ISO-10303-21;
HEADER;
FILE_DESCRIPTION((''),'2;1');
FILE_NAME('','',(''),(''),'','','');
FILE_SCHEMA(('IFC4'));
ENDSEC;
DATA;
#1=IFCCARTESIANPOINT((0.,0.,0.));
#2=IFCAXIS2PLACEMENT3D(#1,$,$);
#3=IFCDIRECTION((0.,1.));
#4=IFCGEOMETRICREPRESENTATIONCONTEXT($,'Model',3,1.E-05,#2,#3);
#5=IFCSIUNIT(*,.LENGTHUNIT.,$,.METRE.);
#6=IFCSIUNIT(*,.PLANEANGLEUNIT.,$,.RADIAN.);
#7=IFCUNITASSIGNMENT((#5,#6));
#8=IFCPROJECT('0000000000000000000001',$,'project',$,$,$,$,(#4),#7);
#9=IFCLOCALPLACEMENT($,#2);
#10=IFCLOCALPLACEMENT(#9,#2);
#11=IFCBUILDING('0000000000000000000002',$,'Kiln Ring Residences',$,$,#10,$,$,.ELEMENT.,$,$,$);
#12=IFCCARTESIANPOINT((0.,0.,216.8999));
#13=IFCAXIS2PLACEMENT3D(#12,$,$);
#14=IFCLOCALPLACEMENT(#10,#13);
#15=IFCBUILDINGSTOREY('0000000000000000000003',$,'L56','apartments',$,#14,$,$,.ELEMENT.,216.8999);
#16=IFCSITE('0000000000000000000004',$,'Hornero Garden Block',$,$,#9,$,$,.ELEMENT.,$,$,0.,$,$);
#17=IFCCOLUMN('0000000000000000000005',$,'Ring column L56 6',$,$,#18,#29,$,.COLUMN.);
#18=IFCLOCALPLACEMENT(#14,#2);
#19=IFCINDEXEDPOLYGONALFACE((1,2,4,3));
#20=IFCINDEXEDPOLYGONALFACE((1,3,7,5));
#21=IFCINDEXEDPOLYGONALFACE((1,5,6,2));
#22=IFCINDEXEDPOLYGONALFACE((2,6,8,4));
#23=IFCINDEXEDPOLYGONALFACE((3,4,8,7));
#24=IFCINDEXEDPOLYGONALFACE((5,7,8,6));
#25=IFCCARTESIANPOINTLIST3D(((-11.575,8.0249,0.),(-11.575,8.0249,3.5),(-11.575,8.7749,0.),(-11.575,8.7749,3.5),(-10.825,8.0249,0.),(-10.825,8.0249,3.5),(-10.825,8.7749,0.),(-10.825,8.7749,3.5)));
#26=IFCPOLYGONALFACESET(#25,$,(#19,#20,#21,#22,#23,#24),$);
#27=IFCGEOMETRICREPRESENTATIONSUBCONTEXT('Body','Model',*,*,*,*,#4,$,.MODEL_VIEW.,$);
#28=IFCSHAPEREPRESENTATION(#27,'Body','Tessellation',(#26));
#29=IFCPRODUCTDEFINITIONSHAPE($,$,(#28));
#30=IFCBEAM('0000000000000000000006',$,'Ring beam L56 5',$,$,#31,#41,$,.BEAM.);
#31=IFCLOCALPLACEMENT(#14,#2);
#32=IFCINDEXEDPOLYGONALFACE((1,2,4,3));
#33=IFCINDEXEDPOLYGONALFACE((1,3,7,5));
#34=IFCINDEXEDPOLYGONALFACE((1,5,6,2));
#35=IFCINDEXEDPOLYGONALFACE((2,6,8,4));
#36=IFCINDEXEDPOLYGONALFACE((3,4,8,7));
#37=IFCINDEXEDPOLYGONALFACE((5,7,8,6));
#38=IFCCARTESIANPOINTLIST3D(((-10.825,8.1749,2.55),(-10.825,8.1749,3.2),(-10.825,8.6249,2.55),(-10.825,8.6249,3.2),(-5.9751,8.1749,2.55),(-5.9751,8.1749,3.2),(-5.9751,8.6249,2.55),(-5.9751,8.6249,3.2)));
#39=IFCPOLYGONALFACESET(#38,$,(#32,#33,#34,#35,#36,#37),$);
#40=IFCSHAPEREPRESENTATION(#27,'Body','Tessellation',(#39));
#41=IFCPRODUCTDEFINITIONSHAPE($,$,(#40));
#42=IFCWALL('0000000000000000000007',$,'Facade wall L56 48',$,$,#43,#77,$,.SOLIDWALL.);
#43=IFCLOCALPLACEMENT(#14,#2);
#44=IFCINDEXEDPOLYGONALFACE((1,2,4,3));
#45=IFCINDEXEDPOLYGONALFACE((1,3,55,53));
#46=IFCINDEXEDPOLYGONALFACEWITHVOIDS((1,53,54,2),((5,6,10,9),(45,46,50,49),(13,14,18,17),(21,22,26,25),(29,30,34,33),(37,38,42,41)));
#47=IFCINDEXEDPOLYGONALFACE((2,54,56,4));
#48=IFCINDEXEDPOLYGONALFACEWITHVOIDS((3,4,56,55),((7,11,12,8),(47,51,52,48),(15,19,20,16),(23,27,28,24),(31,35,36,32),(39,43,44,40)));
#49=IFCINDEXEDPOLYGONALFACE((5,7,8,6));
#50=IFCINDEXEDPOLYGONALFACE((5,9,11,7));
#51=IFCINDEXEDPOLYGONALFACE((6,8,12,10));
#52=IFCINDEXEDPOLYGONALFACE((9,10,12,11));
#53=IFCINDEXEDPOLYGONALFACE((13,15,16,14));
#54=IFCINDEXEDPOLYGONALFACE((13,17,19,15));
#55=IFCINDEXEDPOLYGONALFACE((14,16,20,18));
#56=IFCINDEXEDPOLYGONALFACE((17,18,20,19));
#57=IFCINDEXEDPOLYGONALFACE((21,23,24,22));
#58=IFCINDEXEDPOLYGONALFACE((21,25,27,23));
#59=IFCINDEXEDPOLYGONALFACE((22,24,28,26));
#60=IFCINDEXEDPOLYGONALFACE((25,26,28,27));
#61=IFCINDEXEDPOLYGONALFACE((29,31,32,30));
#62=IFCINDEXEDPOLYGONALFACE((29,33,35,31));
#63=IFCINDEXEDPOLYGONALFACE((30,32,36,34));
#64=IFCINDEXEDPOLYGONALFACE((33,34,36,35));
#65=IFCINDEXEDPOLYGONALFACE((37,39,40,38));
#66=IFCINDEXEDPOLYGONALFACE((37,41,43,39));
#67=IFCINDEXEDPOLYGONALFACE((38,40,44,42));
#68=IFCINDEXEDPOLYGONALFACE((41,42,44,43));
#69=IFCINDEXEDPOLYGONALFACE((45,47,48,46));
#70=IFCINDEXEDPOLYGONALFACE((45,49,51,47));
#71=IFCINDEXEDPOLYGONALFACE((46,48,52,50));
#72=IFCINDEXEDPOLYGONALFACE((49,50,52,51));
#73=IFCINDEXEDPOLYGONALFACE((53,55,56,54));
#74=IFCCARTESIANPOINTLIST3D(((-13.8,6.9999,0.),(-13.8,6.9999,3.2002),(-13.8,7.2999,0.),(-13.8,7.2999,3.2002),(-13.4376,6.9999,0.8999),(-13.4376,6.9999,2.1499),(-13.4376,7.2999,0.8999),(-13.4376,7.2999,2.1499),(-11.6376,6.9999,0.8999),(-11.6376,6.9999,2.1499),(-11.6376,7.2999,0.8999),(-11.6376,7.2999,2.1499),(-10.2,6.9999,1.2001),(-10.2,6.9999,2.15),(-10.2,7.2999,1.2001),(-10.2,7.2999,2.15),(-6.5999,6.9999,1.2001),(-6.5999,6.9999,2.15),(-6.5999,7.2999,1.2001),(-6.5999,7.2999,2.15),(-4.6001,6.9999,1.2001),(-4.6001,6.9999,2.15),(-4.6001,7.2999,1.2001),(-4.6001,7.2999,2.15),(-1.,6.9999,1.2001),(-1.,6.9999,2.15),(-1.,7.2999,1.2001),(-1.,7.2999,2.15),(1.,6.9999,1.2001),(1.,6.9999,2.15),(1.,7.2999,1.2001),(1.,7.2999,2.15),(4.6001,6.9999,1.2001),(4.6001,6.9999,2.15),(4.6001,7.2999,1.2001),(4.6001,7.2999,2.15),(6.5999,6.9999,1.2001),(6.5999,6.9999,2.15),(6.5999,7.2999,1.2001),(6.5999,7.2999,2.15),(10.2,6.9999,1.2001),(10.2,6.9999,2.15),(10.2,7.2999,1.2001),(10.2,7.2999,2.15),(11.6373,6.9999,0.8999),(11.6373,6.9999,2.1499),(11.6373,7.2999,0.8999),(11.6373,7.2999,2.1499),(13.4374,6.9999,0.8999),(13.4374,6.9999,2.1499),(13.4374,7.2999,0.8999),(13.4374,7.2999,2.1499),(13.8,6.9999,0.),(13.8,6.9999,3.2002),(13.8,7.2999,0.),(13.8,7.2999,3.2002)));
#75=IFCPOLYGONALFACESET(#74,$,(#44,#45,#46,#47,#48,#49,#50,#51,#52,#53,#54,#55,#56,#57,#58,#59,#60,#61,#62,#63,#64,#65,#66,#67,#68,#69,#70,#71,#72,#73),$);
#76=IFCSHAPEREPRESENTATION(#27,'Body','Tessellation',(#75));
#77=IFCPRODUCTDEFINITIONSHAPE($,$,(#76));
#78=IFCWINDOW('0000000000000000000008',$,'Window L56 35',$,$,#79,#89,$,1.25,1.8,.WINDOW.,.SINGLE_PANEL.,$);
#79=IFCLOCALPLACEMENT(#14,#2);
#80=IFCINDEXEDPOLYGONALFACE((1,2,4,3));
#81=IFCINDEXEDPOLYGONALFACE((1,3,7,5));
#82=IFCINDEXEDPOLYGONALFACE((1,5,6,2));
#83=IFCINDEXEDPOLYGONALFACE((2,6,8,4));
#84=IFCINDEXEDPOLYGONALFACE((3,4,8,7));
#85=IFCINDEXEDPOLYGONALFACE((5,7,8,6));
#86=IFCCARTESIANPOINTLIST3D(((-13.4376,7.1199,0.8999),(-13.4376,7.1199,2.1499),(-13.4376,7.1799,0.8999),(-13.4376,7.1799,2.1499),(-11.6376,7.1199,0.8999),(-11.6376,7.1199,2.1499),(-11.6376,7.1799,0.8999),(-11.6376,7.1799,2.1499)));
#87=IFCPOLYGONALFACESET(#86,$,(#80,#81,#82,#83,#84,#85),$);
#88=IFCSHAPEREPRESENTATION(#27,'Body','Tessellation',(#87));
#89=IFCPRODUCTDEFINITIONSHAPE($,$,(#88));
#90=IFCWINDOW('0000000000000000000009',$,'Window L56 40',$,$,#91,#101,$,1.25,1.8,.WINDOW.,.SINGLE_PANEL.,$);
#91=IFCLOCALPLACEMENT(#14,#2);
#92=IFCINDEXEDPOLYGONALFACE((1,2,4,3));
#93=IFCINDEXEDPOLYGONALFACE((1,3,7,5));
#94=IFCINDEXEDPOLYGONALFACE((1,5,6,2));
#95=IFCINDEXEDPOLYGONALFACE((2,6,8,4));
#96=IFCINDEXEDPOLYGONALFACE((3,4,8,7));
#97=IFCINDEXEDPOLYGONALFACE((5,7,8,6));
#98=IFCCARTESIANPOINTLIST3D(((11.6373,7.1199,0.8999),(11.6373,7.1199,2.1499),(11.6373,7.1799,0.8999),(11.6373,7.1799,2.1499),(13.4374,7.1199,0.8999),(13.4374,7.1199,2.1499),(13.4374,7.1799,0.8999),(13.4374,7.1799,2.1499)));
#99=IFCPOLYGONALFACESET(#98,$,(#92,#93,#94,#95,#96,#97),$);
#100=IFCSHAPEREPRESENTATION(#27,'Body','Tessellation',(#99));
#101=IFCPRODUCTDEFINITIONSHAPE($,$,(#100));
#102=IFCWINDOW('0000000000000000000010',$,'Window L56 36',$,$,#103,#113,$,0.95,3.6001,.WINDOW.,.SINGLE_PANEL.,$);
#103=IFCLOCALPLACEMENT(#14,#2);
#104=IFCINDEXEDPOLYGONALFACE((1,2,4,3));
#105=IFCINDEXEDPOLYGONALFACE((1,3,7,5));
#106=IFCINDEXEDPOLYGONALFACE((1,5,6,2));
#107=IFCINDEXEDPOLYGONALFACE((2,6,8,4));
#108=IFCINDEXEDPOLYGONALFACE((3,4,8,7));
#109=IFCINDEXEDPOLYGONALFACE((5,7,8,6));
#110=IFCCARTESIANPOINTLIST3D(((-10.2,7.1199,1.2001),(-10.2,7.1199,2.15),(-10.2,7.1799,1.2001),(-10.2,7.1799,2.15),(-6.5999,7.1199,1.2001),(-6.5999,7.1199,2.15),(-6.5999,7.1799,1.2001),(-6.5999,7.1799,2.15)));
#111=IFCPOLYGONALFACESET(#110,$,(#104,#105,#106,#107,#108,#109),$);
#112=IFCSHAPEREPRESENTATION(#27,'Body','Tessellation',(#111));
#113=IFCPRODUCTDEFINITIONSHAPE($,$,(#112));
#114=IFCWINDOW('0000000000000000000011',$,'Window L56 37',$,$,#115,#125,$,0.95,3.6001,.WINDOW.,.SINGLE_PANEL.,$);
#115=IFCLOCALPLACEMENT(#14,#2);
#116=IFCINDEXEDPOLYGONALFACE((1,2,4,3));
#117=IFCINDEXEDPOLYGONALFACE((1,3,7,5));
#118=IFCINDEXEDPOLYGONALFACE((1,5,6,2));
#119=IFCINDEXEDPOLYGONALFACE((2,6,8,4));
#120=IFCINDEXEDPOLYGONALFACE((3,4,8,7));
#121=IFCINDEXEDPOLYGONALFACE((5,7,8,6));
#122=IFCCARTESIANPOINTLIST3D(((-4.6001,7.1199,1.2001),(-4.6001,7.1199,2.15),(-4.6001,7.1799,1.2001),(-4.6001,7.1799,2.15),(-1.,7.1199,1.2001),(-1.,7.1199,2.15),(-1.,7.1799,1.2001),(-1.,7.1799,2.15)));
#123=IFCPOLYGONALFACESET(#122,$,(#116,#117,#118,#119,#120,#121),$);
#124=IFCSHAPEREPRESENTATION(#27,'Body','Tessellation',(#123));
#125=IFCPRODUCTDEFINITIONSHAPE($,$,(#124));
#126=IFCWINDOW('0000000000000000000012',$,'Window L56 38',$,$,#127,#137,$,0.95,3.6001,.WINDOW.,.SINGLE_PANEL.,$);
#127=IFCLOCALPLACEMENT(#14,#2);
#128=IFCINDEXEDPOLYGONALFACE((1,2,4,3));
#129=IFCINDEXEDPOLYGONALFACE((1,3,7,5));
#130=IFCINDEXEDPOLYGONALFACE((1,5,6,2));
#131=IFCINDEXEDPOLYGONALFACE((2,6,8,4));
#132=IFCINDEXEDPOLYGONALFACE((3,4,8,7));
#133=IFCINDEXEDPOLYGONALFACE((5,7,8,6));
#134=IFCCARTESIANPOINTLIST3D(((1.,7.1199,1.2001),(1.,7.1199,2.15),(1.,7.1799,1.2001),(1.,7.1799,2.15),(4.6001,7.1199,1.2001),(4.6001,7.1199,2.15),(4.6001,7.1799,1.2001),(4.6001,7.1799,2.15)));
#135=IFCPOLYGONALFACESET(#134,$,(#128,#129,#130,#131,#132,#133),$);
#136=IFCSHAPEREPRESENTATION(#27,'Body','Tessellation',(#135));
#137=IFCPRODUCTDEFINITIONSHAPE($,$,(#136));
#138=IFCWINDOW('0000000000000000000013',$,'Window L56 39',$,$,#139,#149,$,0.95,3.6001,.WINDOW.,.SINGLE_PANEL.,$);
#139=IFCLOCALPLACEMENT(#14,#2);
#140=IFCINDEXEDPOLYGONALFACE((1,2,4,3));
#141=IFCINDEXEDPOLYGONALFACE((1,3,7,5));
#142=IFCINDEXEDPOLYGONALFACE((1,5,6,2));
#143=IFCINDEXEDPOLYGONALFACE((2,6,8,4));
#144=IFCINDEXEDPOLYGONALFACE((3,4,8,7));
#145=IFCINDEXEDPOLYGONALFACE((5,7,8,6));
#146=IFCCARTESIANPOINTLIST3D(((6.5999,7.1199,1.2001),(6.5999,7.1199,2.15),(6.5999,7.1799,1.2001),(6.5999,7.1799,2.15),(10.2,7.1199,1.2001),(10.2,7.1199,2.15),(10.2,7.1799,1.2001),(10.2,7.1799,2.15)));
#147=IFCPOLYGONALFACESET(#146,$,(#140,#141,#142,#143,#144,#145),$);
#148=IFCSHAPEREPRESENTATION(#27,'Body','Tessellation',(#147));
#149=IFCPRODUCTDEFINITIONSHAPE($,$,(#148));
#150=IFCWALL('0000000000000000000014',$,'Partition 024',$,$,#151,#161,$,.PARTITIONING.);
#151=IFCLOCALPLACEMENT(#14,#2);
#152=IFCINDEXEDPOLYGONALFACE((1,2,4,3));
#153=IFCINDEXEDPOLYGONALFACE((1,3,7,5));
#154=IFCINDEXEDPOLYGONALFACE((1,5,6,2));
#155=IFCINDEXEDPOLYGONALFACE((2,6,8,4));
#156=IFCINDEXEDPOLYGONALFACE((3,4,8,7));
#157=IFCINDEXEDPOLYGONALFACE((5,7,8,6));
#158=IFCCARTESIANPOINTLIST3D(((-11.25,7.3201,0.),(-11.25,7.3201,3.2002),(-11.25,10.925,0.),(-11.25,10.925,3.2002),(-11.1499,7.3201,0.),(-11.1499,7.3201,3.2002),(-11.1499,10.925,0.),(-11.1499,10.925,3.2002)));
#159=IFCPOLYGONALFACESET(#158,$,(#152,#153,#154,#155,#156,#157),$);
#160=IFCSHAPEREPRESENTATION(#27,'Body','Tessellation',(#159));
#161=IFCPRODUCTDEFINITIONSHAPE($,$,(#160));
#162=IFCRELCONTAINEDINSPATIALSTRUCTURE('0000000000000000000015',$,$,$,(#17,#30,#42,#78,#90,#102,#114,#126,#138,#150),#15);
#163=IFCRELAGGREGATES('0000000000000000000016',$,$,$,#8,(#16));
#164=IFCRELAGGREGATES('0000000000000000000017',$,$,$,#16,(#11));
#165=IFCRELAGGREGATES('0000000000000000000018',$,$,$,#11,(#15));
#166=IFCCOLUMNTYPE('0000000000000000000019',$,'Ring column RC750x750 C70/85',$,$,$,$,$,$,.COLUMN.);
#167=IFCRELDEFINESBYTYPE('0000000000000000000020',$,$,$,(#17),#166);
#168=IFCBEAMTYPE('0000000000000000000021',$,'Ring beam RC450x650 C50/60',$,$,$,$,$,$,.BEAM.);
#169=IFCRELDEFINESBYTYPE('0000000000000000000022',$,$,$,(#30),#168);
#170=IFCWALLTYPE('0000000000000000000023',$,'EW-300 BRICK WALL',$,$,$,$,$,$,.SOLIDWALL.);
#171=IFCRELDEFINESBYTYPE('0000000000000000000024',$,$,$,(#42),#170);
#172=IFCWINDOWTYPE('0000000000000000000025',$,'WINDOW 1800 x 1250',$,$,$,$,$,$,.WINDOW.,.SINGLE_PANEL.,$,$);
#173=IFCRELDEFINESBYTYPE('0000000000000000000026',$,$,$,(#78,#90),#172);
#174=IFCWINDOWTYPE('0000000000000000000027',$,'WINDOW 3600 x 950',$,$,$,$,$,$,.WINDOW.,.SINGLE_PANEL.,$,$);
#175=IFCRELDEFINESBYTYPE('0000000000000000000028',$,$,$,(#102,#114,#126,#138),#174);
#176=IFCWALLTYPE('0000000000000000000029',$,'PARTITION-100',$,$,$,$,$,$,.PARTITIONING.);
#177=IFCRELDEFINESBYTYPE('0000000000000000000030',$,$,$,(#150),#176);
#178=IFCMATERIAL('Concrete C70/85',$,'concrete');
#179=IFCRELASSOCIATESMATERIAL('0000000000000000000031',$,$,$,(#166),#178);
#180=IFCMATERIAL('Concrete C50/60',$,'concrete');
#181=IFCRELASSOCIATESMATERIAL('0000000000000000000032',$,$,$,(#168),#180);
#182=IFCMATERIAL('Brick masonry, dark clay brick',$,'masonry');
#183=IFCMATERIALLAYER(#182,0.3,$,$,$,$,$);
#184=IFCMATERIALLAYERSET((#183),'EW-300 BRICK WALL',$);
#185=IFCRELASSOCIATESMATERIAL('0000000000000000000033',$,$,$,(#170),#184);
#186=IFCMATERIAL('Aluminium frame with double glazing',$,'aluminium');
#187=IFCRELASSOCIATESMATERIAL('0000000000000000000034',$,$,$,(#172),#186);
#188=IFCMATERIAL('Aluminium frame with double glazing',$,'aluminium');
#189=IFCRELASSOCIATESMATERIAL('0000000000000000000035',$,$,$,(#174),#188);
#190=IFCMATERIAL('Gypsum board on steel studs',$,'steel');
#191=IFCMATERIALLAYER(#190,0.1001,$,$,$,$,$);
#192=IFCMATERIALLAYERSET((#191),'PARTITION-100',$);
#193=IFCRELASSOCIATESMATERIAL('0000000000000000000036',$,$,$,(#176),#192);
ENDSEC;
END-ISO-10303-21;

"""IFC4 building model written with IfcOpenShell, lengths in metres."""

from ifc_helpers import new_model, si_unit, direction, frame, frame_2d, origin, origin_2d, place, context, subcontext, project, spatial, rectangle, extrude, material, layer, layer_set, material_profile, profile_set, type_object, element, fill, save


model = new_model("IFC4")

# Units and contexts
model_context = context("Model", 3, precision=1e-05, world=origin(), true_north=direction((0.0, 1.0)))
body_context = subcontext(model_context, "Body", "Model", "MODEL_VIEW")
ifc_project = project(units=[si_unit("LENGTHUNIT", "METRE"), si_unit("PLANEANGLEUNIT", "RADIAN")], contexts=[model_context])

# Site, building, storey
site_placement = place(None, origin())
site = spatial("IfcSite", under=ifc_project, at=site_placement, Name="Hornero Garden Block", CompositionType="ELEMENT", RefElevation=0.0)
building_placement = place(site_placement, origin())
building = spatial("IfcBuilding", under=site, at=building_placement, Name="Kiln Ring Residences", CompositionType="ELEMENT")
storey_placement = place(building_placement, frame((0.0, 0.0, 216.8999)))
storey = spatial("IfcBuildingStorey", under=building, at=storey_placement, Name="L56", Description="apartments", CompositionType="ELEMENT", Elevation=216.8999)

# Column
ifc_material_1 = material(Name="Concrete C70/85", Category="concrete")
ifc_material_profile_1 = material_profile(ifc_material_1, rectangle(XDim=0.75, YDim=0.75, at=origin_2d()), Name="RC750x750")
ifc_profile_set_1 = profile_set([ifc_material_profile_1], Name="Concrete C70/85")
column_type = type_object("IfcColumnType", Name="Ring column RC750x750 C70/85", PredefinedType="COLUMN", material=ifc_profile_set_1)
column_placement = place(storey_placement, frame((-11.2, 8.3999, 0.0), z_axis=(0.0, 0.0, 1.0), x_axis=(1.0, 0.0, 0.0)))
element("IfcColumn", 1, at=column_placement, inside=storey, type_object=column_type, Name="Ring column L56 6", PredefinedType="COLUMN", context=body_context, shape_type="SweptSolid", body=[
    extrude(rectangle(XDim=0.75, YDim=0.75, at=origin_2d()), origin(), (0.0, 0.0, 1.0), 3.5),
])

# Beam
ifc_material_2 = material(Name="Concrete C50/60", Category="concrete")
ifc_material_profile_2 = material_profile(ifc_material_2, rectangle(XDim=0.45, YDim=0.6499, at=origin_2d()), Name="RC450x650")
ifc_profile_set_2 = profile_set([ifc_material_profile_2], Name="Concrete C50/60")
beam_type = type_object("IfcBeamType", Name="Ring beam RC450x650 C50/60", PredefinedType="BEAM", material=ifc_profile_set_2)
beam_placement = place(storey_placement, frame((-10.825, 8.3999, 2.875), z_axis=(1.0, 0.0, 0.0), x_axis=(0.0, 1.0, 0.0)))
element("IfcBeam", 2, at=beam_placement, inside=storey, type_object=beam_type, Name="Ring beam L56 5", PredefinedType="BEAM", context=body_context, shape_type="SweptSolid", body=[
    extrude(rectangle(XDim=0.45, YDim=0.6499, at=origin_2d()), origin(), (0.0, 0.0, 1.0), 4.8499),
])

# Wall, openings, windows
ifc_material_3 = material(Name="Brick masonry, dark clay brick", Category="masonry")
ifc_layer_1 = layer(ifc_material_3, 0.3)
ifc_layer_set_1 = layer_set([ifc_layer_1], Name="EW-300 BRICK WALL")
wall_type_1 = type_object("IfcWallType", Name="EW-300 BRICK WALL", PredefinedType="SOLIDWALL", material=ifc_layer_set_1)
wall_1_placement = place(storey_placement, frame((-13.8, 7.1499, 0.0), z_axis=(0.0, 0.0, 1.0), x_axis=(1.0, 0.0, 0.0)))
wall_1 = element("IfcWall", 3, at=wall_1_placement, inside=storey, type_object=wall_type_1, Name="Facade wall L56 48", PredefinedType="SOLIDWALL", context=body_context, shape_type="SweptSolid", body=[
    extrude(rectangle(XDim=27.6001, YDim=0.3, at=frame_2d((13.8, 0.0))), origin(), (0.0, 0.0, 1.0), 3.2002),
])
opening_1_placement = place(wall_1_placement, frame((0.3625, 0.0, 0.8999)))
opening_1 = element("IfcOpeningElement", 4, at=opening_1_placement, cuts=wall_1, PredefinedType="OPENING", context=body_context, shape_type="SweptSolid", body=[
    extrude(rectangle(XDim=1.8, YDim=1.25, at=frame_2d((0.8999, 0.625))), frame((0.0, 0.1599, 0.0), z_axis=(0.0, -1.0, 0.0), x_axis=(1.0, 0.0, 0.0)), (0.0, 0.0, 1.0), 0.3201),
])
opening_2_placement = place(wall_1_placement, frame((3.6001, 0.0, 1.2)))
opening_2 = element("IfcOpeningElement", 5, at=opening_2_placement, cuts=wall_1, PredefinedType="OPENING", context=body_context, shape_type="SweptSolid", body=[
    extrude(rectangle(XDim=3.6001, YDim=0.95, at=frame_2d((1.8, 0.4751))), frame((0.0, 0.1599, 0.0), z_axis=(0.0, -1.0, 0.0), x_axis=(1.0, 0.0, 0.0)), (0.0, 0.0, 1.0), 0.3201),
])
opening_3_placement = place(wall_1_placement, frame((9.2, 0.0, 1.2)))
opening_3 = element("IfcOpeningElement", 6, at=opening_3_placement, cuts=wall_1, PredefinedType="OPENING", context=body_context, shape_type="SweptSolid", body=[
    extrude(rectangle(XDim=3.6001, YDim=0.95, at=frame_2d((1.8, 0.4751))), frame((0.0, 0.1599, 0.0), z_axis=(0.0, -1.0, 0.0), x_axis=(1.0, 0.0, 0.0)), (0.0, 0.0, 1.0), 0.3201),
])
opening_4_placement = place(wall_1_placement, frame((14.8, 0.0, 1.2)))
opening_4 = element("IfcOpeningElement", 7, at=opening_4_placement, cuts=wall_1, PredefinedType="OPENING", context=body_context, shape_type="SweptSolid", body=[
    extrude(rectangle(XDim=3.6001, YDim=0.95, at=frame_2d((1.8, 0.4751))), frame((0.0, 0.1599, 0.0), z_axis=(0.0, -1.0, 0.0), x_axis=(1.0, 0.0, 0.0)), (0.0, 0.0, 1.0), 0.3201),
])
opening_5_placement = place(wall_1_placement, frame((20.3999, 0.0, 1.2)))
opening_5 = element("IfcOpeningElement", 8, at=opening_5_placement, cuts=wall_1, PredefinedType="OPENING", context=body_context, shape_type="SweptSolid", body=[
    extrude(rectangle(XDim=3.6001, YDim=0.95, at=frame_2d((1.8, 0.4751))), frame((0.0, 0.1599, 0.0), z_axis=(0.0, -1.0, 0.0), x_axis=(1.0, 0.0, 0.0)), (0.0, 0.0, 1.0), 0.3201),
])
opening_6_placement = place(wall_1_placement, frame((25.4375, 0.0, 0.8999)))
opening_6 = element("IfcOpeningElement", 9, at=opening_6_placement, cuts=wall_1, PredefinedType="OPENING", context=body_context, shape_type="SweptSolid", body=[
    extrude(rectangle(XDim=1.8, YDim=1.25, at=frame_2d((0.8999, 0.625))), frame((0.0, 0.1599, 0.0), z_axis=(0.0, -1.0, 0.0), x_axis=(1.0, 0.0, 0.0)), (0.0, 0.0, 1.0), 0.3201),
])
ifc_material_4 = material(Name="Aluminium frame with double glazing", Category="aluminium")
window_type_1 = type_object("IfcWindowType", Name="WINDOW 1800 x 1250", PartitioningType="SINGLE_PANEL", PredefinedType="WINDOW", material=ifc_material_4)
window_1_placement = place(opening_1_placement, origin())
window_1 = element("IfcWindow", 10, at=window_1_placement, inside=storey, type_object=window_type_1, Name="Window L56 35", OverallHeight=1.25, OverallWidth=1.8, PartitioningType="SINGLE_PANEL", PredefinedType="WINDOW", context=body_context, shape_type="SweptSolid", body=[
    extrude(rectangle(XDim=1.8, YDim=1.25, at=frame_2d((0.8999, 0.625))), frame((0.0, 0.03, 0.0), z_axis=(0.0, -1.0, 0.0), x_axis=(1.0, 0.0, 0.0)), (0.0, 0.0, 1.0), 0.0601),
])
fill(opening_1, window_1)
window_2_placement = place(opening_6_placement, origin())
window_2 = element("IfcWindow", 11, at=window_2_placement, inside=storey, type_object=window_type_1, Name="Window L56 40", OverallHeight=1.25, OverallWidth=1.8, PartitioningType="SINGLE_PANEL", PredefinedType="WINDOW", context=body_context, shape_type="SweptSolid", body=[
    extrude(rectangle(XDim=1.8, YDim=1.25, at=frame_2d((0.8999, 0.625))), frame((0.0, 0.03, 0.0), z_axis=(0.0, -1.0, 0.0), x_axis=(1.0, 0.0, 0.0)), (0.0, 0.0, 1.0), 0.0601),
])
fill(opening_6, window_2)
ifc_material_5 = material(Name="Aluminium frame with double glazing", Category="aluminium")
window_type_2 = type_object("IfcWindowType", Name="WINDOW 3600 x 950", PartitioningType="SINGLE_PANEL", PredefinedType="WINDOW", material=ifc_material_5)
window_3_placement = place(opening_2_placement, origin())
window_3 = element("IfcWindow", 12, at=window_3_placement, inside=storey, type_object=window_type_2, Name="Window L56 36", OverallHeight=0.95, OverallWidth=3.6001, PartitioningType="SINGLE_PANEL", PredefinedType="WINDOW", context=body_context, shape_type="SweptSolid", body=[
    extrude(rectangle(XDim=3.6001, YDim=0.95, at=frame_2d((1.8, 0.4751))), frame((0.0, 0.03, 0.0), z_axis=(0.0, -1.0, 0.0), x_axis=(1.0, 0.0, 0.0)), (0.0, 0.0, 1.0), 0.0601),
])
fill(opening_2, window_3)
window_4_placement = place(opening_3_placement, origin())
window_4 = element("IfcWindow", 13, at=window_4_placement, inside=storey, type_object=window_type_2, Name="Window L56 37", OverallHeight=0.95, OverallWidth=3.6001, PartitioningType="SINGLE_PANEL", PredefinedType="WINDOW", context=body_context, shape_type="SweptSolid", body=[
    extrude(rectangle(XDim=3.6001, YDim=0.95, at=frame_2d((1.8, 0.4751))), frame((0.0, 0.03, 0.0), z_axis=(0.0, -1.0, 0.0), x_axis=(1.0, 0.0, 0.0)), (0.0, 0.0, 1.0), 0.0601),
])
fill(opening_3, window_4)
window_5_placement = place(opening_4_placement, origin())
window_5 = element("IfcWindow", 14, at=window_5_placement, inside=storey, type_object=window_type_2, Name="Window L56 38", OverallHeight=0.95, OverallWidth=3.6001, PartitioningType="SINGLE_PANEL", PredefinedType="WINDOW", context=body_context, shape_type="SweptSolid", body=[
    extrude(rectangle(XDim=3.6001, YDim=0.95, at=frame_2d((1.8, 0.4751))), frame((0.0, 0.03, 0.0), z_axis=(0.0, -1.0, 0.0), x_axis=(1.0, 0.0, 0.0)), (0.0, 0.0, 1.0), 0.0601),
])
fill(opening_4, window_5)
window_6_placement = place(opening_5_placement, origin())
window_6 = element("IfcWindow", 15, at=window_6_placement, inside=storey, type_object=window_type_2, Name="Window L56 39", OverallHeight=0.95, OverallWidth=3.6001, PartitioningType="SINGLE_PANEL", PredefinedType="WINDOW", context=body_context, shape_type="SweptSolid", body=[
    extrude(rectangle(XDim=3.6001, YDim=0.95, at=frame_2d((1.8, 0.4751))), frame((0.0, 0.03, 0.0), z_axis=(0.0, -1.0, 0.0), x_axis=(1.0, 0.0, 0.0)), (0.0, 0.0, 1.0), 0.0601),
])
fill(opening_5, window_6)

# Wall
ifc_material_6 = material(Name="Gypsum board on steel studs", Category="steel")
ifc_layer_2 = layer(ifc_material_6, 0.1001)
ifc_layer_set_2 = layer_set([ifc_layer_2], Name="PARTITION-100")
wall_type_2 = type_object("IfcWallType", Name="PARTITION-100", PredefinedType="PARTITIONING", material=ifc_layer_set_2)
wall_2_placement = place(storey_placement, frame((-11.2, 7.3201, 0.0), z_axis=(0.0, 0.0, 1.0), x_axis=(0.0, 1.0, 0.0)))
element("IfcWall", 16, at=wall_2_placement, inside=storey, type_object=wall_type_2, Name="Partition 024", PredefinedType="PARTITIONING", context=body_context, shape_type="SweptSolid", body=[
    extrude(rectangle(XDim=3.605, YDim=0.1001, at=frame_2d((1.8025, 0.0))), origin(), (0.0, 0.0, 1.0), 3.2002),
])

save(model, "model.ifc")
